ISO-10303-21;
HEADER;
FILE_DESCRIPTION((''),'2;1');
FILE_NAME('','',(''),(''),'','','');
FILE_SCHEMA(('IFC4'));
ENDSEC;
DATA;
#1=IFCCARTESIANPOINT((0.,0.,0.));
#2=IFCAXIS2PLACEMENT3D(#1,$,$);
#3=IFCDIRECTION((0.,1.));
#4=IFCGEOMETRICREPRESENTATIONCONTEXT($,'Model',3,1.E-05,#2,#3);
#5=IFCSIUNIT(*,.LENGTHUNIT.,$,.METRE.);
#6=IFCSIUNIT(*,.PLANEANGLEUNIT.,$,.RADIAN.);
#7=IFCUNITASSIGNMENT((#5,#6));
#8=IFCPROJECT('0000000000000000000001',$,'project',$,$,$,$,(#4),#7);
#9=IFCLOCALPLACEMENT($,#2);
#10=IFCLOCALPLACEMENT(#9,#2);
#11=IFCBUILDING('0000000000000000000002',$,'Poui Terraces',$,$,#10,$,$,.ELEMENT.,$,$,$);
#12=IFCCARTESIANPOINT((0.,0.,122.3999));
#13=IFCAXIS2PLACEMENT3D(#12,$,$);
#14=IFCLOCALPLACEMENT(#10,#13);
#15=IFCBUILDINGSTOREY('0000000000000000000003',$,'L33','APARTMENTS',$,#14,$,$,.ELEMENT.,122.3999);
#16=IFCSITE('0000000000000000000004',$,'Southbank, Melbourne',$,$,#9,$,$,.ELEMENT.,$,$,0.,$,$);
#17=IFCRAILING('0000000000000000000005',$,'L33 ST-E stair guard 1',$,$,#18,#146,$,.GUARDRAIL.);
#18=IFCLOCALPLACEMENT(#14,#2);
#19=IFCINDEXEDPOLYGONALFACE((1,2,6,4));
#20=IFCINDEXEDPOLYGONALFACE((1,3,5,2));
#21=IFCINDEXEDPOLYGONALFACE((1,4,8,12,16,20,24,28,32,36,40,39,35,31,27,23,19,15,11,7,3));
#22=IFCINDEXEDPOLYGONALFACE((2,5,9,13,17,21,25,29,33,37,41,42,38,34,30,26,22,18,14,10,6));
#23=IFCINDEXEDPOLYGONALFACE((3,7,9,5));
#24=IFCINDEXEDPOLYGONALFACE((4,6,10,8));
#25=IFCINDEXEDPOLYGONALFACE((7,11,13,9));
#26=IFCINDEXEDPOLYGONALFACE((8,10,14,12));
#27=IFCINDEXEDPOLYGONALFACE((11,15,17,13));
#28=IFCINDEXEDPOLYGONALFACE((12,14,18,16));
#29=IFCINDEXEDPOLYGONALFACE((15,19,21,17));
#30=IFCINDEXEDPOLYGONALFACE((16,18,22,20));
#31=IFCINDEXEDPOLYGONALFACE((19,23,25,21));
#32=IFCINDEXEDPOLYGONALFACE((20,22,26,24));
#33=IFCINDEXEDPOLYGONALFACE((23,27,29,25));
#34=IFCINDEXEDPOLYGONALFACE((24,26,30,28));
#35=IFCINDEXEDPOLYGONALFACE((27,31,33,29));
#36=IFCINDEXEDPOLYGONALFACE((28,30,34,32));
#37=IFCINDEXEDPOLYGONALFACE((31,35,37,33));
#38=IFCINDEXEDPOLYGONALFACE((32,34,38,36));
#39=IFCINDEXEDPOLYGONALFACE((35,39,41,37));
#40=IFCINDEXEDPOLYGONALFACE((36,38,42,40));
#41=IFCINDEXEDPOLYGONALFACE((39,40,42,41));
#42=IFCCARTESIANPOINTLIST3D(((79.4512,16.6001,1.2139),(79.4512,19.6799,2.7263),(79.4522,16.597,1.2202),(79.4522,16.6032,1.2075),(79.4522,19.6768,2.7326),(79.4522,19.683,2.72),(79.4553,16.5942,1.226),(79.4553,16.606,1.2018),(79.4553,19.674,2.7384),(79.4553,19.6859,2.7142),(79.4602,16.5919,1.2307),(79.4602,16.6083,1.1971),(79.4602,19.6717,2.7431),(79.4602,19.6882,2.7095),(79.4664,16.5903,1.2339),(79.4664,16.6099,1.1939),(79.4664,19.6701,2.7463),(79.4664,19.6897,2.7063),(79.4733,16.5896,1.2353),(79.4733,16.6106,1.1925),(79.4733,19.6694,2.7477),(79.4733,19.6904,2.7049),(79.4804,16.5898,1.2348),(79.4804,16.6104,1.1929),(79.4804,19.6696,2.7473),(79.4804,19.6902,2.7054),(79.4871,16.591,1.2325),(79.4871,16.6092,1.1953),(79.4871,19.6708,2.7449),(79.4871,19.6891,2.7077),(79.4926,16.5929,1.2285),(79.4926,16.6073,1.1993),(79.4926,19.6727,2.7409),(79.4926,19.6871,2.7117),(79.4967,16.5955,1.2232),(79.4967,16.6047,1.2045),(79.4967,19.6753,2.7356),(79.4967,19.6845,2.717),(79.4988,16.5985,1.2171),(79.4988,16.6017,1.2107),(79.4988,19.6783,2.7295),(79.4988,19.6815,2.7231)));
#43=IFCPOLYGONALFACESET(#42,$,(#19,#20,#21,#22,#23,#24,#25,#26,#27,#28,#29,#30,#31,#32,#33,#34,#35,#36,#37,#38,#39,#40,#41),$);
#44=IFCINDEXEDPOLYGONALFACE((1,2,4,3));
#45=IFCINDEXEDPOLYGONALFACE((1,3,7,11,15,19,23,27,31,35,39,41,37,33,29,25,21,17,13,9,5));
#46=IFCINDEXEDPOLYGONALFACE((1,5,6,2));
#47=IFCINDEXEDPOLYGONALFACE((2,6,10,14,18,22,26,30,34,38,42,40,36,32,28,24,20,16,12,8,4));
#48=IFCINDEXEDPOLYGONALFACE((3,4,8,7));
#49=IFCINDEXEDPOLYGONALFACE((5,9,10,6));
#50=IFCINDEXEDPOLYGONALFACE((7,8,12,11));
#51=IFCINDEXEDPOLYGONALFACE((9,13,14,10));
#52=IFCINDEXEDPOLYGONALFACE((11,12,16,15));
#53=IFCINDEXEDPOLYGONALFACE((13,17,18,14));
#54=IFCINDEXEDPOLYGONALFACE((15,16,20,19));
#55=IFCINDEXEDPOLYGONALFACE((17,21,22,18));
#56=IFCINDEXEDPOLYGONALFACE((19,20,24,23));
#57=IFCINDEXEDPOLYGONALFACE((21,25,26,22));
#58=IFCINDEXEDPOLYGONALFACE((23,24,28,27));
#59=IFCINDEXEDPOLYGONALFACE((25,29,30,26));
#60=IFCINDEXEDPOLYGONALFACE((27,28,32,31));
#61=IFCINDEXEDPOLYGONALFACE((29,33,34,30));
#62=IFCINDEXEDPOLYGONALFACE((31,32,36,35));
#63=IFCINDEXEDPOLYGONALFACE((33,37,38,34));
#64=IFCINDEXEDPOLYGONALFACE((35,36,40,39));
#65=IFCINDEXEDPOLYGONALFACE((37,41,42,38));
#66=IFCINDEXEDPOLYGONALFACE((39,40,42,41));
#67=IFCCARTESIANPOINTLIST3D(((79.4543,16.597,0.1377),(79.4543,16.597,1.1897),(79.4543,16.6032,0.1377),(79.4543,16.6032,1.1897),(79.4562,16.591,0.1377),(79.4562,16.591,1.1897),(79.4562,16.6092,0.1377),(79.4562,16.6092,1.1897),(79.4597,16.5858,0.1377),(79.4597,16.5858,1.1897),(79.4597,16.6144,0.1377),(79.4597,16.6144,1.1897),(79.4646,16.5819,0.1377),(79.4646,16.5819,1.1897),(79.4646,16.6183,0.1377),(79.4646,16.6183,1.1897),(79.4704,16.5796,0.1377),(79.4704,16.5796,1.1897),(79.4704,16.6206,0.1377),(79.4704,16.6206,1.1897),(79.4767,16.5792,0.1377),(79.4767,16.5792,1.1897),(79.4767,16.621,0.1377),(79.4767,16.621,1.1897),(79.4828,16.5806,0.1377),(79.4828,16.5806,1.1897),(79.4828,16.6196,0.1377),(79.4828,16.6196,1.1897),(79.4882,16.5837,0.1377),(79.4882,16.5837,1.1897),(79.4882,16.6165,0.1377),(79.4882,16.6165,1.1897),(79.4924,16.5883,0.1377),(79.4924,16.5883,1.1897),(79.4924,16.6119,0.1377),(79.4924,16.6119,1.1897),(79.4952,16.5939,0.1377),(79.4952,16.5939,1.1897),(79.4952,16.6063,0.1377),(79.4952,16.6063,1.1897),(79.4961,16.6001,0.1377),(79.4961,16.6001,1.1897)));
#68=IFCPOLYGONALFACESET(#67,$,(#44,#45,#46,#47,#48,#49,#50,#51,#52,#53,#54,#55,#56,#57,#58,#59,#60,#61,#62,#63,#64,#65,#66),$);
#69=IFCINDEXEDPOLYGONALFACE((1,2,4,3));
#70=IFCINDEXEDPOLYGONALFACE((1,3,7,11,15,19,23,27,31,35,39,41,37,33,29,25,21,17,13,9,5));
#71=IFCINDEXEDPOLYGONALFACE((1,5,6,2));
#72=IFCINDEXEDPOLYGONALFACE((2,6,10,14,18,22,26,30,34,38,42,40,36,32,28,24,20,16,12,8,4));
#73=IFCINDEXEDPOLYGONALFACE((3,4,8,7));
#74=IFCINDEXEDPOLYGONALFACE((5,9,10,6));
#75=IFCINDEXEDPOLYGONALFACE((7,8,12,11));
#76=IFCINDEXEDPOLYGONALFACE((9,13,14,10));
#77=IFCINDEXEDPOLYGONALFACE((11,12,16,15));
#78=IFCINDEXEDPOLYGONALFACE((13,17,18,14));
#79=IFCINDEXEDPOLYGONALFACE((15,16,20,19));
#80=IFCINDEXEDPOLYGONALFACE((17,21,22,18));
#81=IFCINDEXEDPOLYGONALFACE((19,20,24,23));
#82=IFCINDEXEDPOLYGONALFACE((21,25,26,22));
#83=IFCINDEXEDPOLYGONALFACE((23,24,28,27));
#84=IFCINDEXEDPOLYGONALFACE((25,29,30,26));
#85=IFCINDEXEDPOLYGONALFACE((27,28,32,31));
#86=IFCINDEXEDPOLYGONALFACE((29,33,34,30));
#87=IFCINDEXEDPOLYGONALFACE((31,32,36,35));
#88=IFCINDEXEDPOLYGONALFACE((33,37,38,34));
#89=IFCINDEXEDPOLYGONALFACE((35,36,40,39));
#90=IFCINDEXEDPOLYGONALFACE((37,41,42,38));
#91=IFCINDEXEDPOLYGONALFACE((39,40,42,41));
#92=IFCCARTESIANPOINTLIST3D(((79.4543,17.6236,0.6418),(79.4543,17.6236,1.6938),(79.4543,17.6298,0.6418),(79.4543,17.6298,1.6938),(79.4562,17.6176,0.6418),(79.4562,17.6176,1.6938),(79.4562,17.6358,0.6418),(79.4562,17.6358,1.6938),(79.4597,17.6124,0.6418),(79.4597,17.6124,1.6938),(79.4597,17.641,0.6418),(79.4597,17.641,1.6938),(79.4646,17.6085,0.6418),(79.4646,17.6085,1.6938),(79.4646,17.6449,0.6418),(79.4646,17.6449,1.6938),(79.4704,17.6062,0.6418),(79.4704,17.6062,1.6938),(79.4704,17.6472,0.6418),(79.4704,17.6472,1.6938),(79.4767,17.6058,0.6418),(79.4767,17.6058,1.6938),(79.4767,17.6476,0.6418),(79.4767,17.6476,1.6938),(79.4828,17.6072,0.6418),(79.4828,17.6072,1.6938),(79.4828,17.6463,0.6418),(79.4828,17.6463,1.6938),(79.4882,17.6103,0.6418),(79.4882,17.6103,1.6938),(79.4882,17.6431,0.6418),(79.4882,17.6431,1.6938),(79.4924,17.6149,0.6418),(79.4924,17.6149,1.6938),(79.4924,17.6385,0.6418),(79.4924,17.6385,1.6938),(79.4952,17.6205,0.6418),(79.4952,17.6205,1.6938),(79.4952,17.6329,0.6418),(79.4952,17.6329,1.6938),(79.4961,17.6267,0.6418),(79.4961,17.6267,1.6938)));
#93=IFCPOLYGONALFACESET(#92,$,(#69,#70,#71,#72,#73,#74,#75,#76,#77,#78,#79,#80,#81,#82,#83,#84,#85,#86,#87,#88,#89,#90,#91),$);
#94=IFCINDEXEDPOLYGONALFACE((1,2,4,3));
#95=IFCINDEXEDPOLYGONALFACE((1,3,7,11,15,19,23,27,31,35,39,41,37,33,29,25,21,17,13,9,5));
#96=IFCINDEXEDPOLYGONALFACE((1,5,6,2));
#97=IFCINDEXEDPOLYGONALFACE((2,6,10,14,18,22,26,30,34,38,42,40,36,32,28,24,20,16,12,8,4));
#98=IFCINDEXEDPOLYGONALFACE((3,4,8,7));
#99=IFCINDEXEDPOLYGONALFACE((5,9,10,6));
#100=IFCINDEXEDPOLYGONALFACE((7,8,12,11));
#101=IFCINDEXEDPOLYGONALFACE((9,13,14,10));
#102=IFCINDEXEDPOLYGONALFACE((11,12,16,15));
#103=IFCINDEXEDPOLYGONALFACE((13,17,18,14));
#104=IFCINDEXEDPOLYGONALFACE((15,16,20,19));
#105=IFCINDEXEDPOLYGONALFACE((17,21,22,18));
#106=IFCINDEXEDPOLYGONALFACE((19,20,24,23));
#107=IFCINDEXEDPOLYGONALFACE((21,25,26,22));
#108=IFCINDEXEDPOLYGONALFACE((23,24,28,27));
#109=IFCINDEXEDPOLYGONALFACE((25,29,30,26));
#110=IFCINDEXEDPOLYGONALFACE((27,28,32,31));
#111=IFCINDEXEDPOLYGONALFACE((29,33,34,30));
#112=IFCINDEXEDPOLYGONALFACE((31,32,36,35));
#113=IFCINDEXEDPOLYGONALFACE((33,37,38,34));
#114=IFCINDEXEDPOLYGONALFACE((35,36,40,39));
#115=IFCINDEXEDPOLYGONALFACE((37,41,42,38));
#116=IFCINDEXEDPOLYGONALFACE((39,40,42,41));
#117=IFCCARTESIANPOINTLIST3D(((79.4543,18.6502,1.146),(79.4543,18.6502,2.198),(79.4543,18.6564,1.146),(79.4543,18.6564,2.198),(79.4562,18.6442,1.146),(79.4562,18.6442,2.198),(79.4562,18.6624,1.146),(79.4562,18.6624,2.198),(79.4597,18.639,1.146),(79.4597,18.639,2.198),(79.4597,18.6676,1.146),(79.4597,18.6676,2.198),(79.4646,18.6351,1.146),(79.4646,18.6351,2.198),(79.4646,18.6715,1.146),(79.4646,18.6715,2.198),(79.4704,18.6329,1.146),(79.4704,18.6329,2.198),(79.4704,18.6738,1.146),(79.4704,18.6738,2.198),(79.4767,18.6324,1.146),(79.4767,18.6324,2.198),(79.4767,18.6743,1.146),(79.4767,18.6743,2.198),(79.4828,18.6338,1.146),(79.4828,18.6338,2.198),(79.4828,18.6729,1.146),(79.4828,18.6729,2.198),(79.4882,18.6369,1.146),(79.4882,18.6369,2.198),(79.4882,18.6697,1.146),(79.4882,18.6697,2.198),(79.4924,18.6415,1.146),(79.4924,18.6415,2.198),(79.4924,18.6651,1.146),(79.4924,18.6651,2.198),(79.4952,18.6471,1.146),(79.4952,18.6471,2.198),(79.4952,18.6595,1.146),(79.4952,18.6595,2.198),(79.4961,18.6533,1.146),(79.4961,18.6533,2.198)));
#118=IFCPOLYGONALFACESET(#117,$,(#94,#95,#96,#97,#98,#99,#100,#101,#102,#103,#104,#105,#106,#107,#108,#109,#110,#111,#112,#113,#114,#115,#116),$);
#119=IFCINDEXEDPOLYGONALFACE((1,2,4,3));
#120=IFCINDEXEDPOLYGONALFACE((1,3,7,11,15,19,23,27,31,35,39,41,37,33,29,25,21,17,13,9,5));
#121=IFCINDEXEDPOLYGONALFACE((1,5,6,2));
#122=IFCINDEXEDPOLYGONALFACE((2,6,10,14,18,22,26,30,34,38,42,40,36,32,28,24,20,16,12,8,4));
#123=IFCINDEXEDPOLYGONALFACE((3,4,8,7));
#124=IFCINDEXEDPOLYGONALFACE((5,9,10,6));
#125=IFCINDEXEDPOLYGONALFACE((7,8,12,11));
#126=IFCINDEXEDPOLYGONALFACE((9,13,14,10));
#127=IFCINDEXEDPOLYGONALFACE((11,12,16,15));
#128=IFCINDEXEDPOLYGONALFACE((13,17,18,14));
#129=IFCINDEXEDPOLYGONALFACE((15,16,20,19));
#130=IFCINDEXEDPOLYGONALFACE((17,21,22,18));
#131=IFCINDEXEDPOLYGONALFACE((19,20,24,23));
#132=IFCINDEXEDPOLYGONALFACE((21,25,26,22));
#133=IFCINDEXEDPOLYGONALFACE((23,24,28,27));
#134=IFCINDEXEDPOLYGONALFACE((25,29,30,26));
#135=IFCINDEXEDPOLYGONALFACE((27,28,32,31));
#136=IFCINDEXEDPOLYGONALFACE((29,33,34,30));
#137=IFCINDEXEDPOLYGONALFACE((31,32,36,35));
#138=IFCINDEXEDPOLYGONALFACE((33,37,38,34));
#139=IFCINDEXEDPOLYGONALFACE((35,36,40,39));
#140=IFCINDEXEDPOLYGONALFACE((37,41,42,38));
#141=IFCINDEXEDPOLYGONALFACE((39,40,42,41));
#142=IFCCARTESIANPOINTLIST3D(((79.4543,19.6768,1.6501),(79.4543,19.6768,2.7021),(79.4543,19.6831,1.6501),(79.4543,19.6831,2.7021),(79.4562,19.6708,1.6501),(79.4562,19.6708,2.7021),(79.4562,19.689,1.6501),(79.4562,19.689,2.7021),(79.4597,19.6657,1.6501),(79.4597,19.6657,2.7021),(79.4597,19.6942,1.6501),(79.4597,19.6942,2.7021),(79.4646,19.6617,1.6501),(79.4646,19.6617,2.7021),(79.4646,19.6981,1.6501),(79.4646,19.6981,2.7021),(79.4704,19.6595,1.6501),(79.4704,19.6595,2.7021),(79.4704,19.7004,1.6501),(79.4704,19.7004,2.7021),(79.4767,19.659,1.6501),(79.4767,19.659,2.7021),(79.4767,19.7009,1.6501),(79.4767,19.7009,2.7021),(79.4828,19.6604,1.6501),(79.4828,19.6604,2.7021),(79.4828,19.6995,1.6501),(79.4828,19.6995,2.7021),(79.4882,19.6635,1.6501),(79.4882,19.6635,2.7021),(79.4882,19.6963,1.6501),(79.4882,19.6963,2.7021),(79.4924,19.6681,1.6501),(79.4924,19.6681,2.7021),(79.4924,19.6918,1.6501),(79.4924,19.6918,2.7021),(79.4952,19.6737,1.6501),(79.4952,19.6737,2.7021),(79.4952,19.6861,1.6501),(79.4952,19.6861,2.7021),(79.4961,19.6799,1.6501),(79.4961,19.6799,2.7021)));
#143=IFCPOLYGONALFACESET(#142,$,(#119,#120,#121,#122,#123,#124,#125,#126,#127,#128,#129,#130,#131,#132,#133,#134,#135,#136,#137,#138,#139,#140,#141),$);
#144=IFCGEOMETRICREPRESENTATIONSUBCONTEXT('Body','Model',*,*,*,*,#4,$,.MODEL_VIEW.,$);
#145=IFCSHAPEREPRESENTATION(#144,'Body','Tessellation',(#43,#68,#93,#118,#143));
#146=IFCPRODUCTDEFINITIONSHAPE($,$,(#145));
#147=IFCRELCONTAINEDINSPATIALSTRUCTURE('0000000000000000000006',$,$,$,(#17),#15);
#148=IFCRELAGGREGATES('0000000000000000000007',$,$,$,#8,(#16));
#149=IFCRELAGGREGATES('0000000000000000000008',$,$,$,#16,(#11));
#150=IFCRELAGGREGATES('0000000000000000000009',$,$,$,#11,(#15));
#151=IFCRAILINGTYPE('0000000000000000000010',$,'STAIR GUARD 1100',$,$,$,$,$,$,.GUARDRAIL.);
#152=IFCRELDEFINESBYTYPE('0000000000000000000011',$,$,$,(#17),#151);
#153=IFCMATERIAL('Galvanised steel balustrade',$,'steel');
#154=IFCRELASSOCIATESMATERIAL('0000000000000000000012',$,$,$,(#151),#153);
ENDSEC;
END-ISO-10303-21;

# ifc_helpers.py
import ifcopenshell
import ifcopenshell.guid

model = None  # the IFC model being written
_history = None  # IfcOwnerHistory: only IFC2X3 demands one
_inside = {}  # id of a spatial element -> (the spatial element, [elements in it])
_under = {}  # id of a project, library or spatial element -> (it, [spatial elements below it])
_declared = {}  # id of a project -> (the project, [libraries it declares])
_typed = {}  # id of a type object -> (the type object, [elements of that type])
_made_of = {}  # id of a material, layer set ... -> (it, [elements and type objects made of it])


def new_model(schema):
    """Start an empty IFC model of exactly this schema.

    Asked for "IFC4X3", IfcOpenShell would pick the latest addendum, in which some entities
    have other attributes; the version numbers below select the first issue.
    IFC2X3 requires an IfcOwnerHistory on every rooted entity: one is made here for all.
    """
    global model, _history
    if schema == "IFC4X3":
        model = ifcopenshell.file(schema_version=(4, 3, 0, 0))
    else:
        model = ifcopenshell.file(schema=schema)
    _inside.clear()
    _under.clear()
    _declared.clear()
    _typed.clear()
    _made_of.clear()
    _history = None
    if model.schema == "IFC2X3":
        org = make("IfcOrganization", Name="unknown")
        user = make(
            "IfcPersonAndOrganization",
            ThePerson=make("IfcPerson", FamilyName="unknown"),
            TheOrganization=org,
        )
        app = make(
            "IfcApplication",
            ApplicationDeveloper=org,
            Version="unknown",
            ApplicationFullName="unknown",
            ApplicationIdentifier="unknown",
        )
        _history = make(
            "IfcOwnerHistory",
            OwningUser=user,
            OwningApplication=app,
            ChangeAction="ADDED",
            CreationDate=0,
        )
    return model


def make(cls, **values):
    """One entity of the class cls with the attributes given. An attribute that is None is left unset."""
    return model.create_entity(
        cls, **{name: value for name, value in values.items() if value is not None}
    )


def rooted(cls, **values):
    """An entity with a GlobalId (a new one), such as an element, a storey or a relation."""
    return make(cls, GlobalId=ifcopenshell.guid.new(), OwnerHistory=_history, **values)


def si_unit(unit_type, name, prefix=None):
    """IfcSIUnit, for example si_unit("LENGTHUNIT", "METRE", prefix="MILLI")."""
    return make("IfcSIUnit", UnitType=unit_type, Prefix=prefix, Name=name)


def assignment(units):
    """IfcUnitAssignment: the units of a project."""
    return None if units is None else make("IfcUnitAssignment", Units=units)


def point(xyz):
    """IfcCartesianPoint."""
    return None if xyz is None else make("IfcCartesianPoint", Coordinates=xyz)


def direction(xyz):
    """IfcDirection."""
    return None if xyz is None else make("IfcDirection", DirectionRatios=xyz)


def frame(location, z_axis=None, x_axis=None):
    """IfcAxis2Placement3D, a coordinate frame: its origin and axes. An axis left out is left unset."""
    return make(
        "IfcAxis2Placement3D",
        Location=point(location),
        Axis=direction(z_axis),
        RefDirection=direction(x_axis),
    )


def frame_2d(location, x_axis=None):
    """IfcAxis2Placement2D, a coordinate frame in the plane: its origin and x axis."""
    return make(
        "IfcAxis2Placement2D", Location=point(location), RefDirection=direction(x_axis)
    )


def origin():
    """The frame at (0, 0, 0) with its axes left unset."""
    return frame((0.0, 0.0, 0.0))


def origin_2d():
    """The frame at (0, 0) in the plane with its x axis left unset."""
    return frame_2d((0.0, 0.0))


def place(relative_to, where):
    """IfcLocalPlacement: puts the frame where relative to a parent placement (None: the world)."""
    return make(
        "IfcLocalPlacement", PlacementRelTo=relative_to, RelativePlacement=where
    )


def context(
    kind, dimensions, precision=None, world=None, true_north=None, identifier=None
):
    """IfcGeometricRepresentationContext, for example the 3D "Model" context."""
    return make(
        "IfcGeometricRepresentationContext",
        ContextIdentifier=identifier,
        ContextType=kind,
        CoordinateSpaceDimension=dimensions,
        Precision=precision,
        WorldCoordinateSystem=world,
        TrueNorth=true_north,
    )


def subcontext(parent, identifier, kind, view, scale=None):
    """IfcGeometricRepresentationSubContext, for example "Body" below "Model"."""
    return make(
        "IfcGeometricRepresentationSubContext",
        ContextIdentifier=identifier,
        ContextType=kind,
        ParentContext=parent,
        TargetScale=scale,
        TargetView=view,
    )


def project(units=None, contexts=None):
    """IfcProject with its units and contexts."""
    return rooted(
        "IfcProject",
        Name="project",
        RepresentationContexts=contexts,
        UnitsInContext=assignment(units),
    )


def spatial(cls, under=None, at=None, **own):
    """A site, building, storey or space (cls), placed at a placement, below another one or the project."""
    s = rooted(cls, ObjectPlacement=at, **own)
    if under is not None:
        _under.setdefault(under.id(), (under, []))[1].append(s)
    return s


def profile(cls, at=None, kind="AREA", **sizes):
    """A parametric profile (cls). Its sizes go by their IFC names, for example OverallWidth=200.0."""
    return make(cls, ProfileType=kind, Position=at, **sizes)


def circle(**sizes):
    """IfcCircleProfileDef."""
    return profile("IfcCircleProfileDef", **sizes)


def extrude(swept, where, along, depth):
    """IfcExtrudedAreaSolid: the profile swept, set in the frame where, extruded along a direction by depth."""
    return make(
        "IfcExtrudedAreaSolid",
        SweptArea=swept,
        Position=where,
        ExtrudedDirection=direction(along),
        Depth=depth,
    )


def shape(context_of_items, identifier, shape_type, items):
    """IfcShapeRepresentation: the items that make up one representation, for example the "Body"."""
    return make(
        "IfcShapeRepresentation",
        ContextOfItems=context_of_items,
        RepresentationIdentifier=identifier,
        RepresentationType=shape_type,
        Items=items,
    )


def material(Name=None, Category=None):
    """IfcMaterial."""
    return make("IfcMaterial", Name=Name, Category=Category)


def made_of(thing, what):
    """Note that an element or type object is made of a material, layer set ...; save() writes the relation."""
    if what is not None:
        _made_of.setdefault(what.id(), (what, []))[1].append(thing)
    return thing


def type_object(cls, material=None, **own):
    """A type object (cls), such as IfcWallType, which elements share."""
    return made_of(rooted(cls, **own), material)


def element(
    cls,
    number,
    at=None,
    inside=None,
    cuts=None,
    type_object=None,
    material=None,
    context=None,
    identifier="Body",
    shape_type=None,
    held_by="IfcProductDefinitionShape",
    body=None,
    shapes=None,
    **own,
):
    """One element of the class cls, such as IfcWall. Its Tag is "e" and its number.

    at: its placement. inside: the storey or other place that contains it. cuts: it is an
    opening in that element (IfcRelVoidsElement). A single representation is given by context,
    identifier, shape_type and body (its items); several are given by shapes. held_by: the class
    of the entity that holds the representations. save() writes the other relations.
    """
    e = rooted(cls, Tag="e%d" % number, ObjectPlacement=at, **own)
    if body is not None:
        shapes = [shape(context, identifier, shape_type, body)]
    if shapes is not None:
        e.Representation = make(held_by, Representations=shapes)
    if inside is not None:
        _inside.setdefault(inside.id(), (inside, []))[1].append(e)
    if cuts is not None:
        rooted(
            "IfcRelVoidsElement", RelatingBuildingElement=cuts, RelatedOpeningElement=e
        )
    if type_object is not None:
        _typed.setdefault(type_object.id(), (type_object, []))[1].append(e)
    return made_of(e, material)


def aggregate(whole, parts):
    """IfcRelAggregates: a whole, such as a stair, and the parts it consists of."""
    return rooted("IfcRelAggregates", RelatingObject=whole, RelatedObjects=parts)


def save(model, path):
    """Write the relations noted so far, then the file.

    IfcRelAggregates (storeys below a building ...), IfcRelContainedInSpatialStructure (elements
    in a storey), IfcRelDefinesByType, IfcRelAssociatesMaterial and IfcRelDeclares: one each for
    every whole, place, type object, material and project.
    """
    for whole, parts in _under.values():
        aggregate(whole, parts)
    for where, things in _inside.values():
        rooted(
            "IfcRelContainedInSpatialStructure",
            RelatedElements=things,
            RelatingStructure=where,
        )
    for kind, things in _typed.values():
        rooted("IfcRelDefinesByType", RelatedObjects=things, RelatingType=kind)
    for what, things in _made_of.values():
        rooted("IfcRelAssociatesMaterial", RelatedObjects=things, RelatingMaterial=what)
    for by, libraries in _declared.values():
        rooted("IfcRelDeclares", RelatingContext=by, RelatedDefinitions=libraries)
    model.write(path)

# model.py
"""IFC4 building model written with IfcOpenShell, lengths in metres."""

from ifc_helpers import new_model, si_unit, direction, frame, origin, origin_2d, place, context, subcontext, project, spatial, circle, extrude, material, type_object, element, save


model = new_model("IFC4")

# Units and contexts
model_context = context("Model", 3, precision=1e-05, world=origin(), true_north=direction((0.0, 1.0)))
body_context = subcontext(model_context, "Body", "Model", "MODEL_VIEW")
ifc_project = project(units=[si_unit("LENGTHUNIT", "METRE"), si_unit("PLANEANGLEUNIT", "RADIAN")], contexts=[model_context])

# Site, building, storey
site_placement = place(None, origin())
site = spatial("IfcSite", under=ifc_project, at=site_placement, Name="Southbank, Melbourne", CompositionType="ELEMENT", RefElevation=0.0)
building_placement = place(site_placement, origin())
building = spatial("IfcBuilding", under=site, at=building_placement, Name="Poui Terraces", CompositionType="ELEMENT")
storey_placement = place(building_placement, frame((0.0, 0.0, 122.3999)))
storey = spatial("IfcBuildingStorey", under=building, at=storey_placement, Name="L33", Description="APARTMENTS", CompositionType="ELEMENT", Elevation=122.3999)

# Railing
ifc_material_1 = material(Name="Galvanised steel balustrade", Category="steel")
railing_type_1 = type_object("IfcRailingType", Name="STAIR GUARD 1100", PredefinedType="GUARDRAIL", material=ifc_material_1)
railing_1_placement = place(storey_placement, frame((79.4751, 16.6001, 0.1377)))
element("IfcRailing", 1, at=railing_1_placement, inside=storey, type_object=railing_type_1, Name="L33 ST-E stair guard 1", PredefinedType="GUARDRAIL", context=body_context, shape_type="SweptSolid", body=[
    extrude(circle(Radius=0.0239, at=origin_2d()), frame((0.0, 0.0, 1.0762), z_axis=(0.0, 0.897606, 0.440798), x_axis=(-1.0, 0.0, 0.0)), (0.0, 0.0, 1.0), 3.4312),
    extrude(circle(Radius=0.021, at=origin_2d()), origin(), (0.0, 0.0, 1.0), 1.052),
    extrude(circle(Radius=0.021, at=origin_2d()), frame((0.0, 1.0266, 0.5042)), (0.0, 0.0, 1.0), 1.052),
    extrude(circle(Radius=0.021, at=origin_2d()), frame((0.0, 2.0532, 1.0083)), (0.0, 0.0, 1.0), 1.052),
    extrude(circle(Radius=0.021, at=origin_2d()), frame((0.0, 3.0798, 1.5125)), (0.0, 0.0, 1.0), 1.052),
])

save(model, "model.ifc")
